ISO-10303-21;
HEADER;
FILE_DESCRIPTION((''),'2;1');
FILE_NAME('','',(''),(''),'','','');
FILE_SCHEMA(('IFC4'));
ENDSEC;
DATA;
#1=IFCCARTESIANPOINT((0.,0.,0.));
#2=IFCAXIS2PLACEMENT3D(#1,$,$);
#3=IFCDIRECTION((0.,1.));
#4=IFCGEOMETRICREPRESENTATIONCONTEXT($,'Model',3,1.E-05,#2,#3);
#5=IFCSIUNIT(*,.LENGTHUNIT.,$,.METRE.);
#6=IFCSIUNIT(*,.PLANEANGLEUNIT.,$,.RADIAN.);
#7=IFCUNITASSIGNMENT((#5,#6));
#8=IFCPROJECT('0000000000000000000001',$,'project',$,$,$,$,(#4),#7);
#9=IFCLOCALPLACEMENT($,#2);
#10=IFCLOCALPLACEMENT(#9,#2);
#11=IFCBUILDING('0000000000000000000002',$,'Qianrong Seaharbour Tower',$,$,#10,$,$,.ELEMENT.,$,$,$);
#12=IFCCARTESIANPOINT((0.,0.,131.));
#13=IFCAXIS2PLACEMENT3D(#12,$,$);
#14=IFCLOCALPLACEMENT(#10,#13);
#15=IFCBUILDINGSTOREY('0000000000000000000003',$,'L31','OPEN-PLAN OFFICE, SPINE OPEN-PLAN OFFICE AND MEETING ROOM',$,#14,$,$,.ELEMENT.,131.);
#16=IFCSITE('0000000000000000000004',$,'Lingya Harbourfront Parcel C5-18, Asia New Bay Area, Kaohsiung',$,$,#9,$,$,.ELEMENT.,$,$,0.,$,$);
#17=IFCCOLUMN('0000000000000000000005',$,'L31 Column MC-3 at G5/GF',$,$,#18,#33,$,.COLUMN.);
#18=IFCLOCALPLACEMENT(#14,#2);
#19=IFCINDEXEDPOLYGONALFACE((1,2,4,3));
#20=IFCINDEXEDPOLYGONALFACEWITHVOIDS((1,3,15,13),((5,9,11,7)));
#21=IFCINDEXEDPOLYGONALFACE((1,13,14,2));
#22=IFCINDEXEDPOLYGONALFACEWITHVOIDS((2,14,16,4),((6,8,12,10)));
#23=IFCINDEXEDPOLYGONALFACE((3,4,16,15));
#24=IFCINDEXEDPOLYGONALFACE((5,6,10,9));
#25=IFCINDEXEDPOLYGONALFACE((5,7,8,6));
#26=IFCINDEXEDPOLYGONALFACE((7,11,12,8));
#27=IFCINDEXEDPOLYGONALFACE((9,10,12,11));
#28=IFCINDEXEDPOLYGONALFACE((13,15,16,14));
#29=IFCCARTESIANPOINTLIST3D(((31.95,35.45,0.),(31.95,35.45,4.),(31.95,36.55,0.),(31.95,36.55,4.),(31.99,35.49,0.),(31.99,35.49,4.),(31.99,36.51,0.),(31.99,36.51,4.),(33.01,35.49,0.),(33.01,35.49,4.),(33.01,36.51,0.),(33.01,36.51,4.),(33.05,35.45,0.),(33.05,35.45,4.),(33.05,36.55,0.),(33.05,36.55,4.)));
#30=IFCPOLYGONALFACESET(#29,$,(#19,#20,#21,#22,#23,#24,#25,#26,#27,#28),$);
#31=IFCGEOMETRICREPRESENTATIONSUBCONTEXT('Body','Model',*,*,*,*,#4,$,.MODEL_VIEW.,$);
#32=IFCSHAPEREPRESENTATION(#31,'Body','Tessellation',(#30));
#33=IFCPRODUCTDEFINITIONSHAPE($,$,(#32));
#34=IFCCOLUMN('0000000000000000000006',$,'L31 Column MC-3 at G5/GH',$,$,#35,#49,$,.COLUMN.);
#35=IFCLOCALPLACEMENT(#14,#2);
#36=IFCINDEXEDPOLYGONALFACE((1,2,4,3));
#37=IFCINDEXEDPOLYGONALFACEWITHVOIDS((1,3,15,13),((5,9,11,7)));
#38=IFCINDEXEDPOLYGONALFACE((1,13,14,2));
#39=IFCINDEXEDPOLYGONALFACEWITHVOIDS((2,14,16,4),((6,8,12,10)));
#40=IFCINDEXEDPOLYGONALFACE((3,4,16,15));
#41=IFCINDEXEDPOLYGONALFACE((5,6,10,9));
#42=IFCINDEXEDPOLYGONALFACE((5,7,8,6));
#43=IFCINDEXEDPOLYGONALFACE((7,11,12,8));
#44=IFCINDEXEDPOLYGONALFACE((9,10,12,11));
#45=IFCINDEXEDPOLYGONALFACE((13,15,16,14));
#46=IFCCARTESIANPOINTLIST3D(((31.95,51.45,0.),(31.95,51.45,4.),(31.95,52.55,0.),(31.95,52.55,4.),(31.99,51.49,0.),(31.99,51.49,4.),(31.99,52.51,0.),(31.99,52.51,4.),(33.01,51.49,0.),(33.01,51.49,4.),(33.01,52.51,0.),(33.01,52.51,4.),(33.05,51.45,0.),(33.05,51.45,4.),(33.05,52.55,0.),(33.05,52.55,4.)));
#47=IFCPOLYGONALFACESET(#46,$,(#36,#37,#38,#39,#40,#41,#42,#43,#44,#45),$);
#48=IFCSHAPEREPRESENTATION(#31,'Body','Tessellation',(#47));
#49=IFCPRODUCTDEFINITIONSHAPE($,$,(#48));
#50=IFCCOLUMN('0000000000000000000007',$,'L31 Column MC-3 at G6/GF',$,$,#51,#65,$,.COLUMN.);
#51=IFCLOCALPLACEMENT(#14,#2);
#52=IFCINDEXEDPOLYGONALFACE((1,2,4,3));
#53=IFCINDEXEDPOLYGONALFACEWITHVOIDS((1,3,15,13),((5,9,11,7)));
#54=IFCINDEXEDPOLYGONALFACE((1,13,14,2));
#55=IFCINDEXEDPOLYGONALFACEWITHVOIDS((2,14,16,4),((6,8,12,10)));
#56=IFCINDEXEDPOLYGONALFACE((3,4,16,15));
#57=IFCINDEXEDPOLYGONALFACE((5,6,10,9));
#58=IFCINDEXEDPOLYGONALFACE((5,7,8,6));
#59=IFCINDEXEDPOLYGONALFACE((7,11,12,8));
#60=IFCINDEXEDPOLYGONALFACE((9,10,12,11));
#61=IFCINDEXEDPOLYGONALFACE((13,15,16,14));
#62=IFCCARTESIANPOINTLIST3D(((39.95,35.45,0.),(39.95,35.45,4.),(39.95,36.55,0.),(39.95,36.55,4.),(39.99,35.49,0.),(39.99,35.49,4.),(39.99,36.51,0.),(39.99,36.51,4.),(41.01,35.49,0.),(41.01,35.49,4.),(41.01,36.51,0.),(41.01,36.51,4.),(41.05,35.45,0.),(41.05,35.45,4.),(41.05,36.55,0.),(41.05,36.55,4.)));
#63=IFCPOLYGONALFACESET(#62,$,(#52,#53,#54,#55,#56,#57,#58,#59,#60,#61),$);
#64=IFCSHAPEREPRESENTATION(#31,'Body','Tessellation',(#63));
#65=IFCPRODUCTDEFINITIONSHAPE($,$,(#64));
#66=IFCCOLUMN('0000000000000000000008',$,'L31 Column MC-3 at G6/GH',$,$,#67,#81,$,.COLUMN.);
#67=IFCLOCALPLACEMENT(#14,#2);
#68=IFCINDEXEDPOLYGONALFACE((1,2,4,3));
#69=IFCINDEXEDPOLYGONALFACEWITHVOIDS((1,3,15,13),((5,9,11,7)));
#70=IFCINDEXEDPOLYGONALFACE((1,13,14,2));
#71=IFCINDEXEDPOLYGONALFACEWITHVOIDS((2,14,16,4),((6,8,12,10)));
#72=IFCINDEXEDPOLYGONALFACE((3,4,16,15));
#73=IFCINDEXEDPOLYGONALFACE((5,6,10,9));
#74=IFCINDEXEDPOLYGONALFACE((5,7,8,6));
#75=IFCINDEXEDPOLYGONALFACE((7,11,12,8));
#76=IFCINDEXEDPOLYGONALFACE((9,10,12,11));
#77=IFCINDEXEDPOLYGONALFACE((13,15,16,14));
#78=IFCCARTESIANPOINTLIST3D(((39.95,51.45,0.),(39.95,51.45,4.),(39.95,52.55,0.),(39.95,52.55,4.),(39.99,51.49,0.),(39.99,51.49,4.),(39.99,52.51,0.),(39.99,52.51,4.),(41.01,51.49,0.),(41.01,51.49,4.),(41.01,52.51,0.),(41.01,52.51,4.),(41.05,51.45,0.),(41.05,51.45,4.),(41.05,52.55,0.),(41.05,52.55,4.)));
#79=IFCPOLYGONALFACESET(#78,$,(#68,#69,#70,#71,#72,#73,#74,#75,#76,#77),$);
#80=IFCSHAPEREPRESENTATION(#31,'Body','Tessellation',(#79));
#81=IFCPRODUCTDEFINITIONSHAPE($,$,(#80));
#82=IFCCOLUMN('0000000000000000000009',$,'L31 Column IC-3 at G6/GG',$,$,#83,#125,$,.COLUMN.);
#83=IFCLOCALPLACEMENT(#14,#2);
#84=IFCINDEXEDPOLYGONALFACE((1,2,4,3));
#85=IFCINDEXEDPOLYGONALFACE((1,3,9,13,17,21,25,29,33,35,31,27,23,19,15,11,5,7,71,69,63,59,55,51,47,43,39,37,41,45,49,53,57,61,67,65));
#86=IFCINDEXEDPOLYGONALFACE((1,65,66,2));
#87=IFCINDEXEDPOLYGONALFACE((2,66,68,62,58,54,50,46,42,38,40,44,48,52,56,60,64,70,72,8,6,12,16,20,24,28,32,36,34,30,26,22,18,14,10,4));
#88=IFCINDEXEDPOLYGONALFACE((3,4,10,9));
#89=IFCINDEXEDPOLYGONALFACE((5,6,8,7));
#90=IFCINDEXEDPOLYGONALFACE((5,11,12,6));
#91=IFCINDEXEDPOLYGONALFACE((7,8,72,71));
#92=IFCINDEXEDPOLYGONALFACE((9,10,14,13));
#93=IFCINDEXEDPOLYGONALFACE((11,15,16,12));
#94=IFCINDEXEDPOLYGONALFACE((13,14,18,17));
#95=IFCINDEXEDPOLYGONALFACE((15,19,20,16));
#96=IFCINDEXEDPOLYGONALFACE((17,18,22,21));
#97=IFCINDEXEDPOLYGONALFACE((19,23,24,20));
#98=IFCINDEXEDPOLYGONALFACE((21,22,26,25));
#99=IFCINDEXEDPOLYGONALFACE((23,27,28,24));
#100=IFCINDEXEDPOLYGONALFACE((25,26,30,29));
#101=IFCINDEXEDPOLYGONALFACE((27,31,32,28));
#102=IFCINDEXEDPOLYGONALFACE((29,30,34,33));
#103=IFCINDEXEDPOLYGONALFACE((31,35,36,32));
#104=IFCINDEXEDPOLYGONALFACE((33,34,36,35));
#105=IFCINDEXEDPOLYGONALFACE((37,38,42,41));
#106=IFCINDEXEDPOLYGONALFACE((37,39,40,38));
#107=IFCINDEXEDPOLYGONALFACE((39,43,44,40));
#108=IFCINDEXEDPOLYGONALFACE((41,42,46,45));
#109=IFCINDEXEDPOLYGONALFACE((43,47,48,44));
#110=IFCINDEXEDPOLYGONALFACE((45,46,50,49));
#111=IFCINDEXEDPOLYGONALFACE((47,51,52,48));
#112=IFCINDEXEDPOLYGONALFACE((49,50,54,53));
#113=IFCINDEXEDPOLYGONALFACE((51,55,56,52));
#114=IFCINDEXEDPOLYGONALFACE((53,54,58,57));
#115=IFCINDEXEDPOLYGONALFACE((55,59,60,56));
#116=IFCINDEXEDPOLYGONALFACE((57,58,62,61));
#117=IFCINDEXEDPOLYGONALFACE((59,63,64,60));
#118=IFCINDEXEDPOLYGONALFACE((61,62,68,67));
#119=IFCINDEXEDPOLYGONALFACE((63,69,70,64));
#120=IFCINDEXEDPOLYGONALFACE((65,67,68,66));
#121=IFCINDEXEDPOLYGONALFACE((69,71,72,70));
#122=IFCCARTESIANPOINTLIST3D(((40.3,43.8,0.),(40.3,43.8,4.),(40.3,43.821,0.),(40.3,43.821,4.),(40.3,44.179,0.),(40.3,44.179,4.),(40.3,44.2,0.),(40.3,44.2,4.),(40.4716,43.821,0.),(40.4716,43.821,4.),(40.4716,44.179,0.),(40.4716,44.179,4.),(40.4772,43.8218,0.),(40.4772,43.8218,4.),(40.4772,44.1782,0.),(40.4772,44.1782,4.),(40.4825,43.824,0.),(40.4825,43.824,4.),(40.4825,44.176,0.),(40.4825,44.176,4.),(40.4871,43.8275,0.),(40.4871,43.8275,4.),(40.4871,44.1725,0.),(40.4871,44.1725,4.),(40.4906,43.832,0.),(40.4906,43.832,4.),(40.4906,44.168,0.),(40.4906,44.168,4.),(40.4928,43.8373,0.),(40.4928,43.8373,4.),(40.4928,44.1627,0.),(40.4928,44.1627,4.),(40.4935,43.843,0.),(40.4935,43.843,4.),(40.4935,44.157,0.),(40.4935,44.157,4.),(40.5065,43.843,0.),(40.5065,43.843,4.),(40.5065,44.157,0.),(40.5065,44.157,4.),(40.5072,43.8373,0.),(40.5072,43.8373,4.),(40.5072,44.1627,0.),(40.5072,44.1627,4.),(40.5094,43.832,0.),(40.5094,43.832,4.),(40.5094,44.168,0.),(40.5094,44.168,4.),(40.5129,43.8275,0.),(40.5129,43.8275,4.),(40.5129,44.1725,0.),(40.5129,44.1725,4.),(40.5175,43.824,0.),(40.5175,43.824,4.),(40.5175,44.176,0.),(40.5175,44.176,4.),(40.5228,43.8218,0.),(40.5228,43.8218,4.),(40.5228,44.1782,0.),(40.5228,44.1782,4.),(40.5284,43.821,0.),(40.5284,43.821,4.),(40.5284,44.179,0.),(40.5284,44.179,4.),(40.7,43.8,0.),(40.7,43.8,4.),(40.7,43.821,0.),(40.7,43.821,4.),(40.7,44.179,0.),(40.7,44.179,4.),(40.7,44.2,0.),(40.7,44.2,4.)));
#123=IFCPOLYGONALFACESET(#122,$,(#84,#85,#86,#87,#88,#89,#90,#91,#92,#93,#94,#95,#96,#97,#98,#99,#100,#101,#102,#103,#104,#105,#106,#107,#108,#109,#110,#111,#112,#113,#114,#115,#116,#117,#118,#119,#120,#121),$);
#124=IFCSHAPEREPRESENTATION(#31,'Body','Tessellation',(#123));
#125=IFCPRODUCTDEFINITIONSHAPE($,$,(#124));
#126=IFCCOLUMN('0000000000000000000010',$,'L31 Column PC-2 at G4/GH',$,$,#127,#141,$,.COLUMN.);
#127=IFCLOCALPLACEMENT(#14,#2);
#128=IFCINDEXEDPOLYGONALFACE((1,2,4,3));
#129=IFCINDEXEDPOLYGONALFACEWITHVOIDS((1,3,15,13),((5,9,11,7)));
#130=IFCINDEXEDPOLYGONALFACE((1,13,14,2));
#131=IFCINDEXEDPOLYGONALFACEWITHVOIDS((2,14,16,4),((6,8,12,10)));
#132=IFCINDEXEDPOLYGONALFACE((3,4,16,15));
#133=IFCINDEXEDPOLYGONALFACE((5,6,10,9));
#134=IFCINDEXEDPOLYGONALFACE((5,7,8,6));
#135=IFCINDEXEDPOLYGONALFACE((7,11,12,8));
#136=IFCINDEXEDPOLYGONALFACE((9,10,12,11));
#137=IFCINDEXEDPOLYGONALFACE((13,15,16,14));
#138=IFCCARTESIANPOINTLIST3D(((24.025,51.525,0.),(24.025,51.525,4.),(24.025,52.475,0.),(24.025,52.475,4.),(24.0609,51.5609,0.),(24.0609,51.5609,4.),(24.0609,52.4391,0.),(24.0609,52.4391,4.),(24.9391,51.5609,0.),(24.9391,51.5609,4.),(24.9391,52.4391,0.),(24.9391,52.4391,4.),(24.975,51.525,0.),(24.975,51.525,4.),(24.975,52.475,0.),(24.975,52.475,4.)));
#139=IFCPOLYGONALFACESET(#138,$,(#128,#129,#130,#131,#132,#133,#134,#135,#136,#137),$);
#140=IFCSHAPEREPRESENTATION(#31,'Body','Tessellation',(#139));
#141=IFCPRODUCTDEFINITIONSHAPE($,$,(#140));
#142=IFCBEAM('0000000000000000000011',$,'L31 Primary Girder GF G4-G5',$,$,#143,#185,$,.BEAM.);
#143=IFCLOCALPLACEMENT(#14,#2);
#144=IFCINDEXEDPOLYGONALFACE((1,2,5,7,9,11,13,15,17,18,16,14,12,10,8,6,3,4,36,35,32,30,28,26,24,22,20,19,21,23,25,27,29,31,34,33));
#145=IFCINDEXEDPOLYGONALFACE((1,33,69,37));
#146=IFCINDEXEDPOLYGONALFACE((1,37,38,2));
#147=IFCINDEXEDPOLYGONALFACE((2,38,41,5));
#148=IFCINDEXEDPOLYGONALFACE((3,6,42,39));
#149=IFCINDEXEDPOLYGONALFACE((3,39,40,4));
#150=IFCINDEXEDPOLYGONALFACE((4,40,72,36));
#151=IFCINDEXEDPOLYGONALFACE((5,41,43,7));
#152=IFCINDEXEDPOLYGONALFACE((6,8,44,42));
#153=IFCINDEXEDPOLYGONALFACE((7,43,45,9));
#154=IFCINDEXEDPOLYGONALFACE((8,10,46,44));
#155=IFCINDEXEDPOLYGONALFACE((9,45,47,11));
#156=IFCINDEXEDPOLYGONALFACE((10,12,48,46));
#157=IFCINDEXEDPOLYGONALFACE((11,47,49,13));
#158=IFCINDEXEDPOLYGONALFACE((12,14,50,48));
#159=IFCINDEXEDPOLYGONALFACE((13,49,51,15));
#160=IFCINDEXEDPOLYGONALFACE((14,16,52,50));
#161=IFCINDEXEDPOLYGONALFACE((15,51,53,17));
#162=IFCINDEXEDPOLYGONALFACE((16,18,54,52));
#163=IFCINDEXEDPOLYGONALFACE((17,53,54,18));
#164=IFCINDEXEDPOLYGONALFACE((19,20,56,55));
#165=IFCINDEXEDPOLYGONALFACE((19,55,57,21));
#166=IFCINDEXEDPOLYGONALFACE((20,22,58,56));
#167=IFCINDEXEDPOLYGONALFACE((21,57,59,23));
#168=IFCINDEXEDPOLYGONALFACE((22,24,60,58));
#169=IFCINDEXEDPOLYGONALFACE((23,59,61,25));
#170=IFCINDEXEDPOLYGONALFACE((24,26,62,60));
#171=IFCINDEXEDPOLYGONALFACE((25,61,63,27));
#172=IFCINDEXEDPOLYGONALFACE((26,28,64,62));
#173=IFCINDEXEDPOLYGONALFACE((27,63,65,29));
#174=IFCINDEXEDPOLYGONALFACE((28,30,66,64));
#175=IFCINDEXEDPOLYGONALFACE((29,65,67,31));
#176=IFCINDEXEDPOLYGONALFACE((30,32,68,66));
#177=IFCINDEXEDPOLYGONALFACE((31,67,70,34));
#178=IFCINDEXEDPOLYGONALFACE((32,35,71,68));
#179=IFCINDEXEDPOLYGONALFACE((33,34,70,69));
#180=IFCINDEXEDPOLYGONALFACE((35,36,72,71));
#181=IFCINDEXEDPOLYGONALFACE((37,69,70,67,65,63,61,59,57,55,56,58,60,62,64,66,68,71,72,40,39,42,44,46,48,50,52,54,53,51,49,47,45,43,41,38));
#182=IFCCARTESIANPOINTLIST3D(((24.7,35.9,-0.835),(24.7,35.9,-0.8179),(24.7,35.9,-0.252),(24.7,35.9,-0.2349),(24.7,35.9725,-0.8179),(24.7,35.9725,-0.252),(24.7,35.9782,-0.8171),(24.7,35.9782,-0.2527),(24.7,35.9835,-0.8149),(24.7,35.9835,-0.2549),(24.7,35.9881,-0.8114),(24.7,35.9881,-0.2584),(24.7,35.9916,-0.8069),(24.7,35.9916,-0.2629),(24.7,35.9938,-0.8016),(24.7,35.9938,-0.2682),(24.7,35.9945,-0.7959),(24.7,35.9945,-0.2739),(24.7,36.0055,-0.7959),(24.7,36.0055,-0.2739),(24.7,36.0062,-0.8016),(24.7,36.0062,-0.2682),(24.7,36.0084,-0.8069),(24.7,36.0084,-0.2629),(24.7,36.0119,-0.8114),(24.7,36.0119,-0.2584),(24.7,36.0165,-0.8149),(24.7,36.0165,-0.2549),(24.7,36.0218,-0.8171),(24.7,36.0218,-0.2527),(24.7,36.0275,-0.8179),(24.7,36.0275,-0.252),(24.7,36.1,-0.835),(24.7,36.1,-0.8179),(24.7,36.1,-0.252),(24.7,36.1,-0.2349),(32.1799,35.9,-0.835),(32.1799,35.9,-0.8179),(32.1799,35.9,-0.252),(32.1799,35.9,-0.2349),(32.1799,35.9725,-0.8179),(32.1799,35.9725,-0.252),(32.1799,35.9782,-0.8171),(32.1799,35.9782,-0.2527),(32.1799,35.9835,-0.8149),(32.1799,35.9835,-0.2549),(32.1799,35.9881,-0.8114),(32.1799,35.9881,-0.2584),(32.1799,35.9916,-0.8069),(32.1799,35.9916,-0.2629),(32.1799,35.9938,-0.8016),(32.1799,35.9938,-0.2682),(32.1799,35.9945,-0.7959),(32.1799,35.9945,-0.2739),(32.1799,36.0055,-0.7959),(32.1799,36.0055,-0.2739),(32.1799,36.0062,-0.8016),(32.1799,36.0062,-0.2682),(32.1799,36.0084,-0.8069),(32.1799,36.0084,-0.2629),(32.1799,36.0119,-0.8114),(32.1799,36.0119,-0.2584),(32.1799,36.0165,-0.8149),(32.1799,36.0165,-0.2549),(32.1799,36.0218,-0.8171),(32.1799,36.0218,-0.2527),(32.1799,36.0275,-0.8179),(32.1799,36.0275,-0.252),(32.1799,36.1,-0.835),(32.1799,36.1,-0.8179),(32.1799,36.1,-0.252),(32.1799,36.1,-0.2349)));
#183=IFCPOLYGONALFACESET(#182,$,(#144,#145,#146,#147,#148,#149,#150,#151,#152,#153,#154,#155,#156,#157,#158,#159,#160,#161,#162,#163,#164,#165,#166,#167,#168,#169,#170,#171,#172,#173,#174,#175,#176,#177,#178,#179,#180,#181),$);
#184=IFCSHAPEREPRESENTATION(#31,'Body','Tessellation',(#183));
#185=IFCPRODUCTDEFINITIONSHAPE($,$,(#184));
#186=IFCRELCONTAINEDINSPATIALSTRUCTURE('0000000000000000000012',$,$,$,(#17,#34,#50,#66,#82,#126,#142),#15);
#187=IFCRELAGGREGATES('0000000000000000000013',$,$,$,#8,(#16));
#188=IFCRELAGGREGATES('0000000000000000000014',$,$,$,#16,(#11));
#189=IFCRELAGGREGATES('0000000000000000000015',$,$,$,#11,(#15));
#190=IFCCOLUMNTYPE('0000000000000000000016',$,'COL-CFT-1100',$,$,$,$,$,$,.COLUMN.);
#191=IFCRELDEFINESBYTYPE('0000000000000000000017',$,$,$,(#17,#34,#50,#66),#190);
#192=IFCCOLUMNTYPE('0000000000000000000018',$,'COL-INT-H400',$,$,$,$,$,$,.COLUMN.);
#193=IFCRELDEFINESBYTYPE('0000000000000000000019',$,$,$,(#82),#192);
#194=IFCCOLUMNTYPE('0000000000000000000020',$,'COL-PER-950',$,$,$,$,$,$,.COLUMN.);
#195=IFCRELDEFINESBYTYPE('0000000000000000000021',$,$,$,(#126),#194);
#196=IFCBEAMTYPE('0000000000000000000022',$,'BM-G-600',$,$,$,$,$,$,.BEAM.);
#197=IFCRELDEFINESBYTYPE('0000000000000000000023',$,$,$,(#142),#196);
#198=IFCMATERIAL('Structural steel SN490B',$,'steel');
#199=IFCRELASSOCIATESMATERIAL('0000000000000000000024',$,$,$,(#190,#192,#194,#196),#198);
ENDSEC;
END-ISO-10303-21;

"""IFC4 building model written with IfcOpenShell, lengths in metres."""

from ifc_helpers import new_model, si_unit, direction, frame, origin, origin_2d, place, context, subcontext, project, spatial, hollow_rectangle, i_section, extrude, material, material_profile, profile_set, type_object, element, save


model = new_model("IFC4")

# Units and contexts
model_context = context("Model", 3, precision=1e-05, world=origin(), true_north=direction((0.0, 1.0)))
body_context = subcontext(model_context, "Body", "Model", "MODEL_VIEW")
ifc_project = project(units=[si_unit("LENGTHUNIT", "METRE"), si_unit("PLANEANGLEUNIT", "RADIAN")], contexts=[model_context])

# Site, building, storey
site_placement = place(None, origin())
site = spatial("IfcSite", under=ifc_project, at=site_placement, Name="Lingya Harbourfront Parcel C5-18, Asia New Bay Area, Kaohsiung", CompositionType="ELEMENT", RefElevation=0.0)
building_placement = place(site_placement, origin())
building = spatial("IfcBuilding", under=site, at=building_placement, Name="Qianrong Seaharbour Tower", CompositionType="ELEMENT")
storey_placement = place(building_placement, frame((0.0, 0.0, 131.0)))
storey = spatial("IfcBuildingStorey", under=building, at=storey_placement, Name="L31", Description="OPEN-PLAN OFFICE, SPINE OPEN-PLAN OFFICE AND MEETING ROOM", CompositionType="ELEMENT", Elevation=131.0)

# Columns
ifc_material_1 = material(Name="Structural steel SN490B", Category="steel")
ifc_material_profile_1 = material_profile(ifc_material_1, hollow_rectangle(XDim=1.1001, YDim=1.1001, WallThickness=0.04, at=origin_2d()), Name="BOX1100x1100x40")
ifc_profile_set_1 = profile_set([ifc_material_profile_1], Name="Structural steel SN490B")
column_type_1 = type_object("IfcColumnType", Name="COL-CFT-1100", PredefinedType="COLUMN", material=ifc_profile_set_1)
for number, where, z_axis, x_axis, name in (
    (1, (32.5, 36.0, 0.0), (0.0, 0.0, 1.0), (1.0, 0.0, 0.0), "L31 Column MC-3 at G5/GF"),
    (2, (32.5, 52.0, 0.0), (0.0, 0.0, 1.0), (1.0, 0.0, 0.0), "L31 Column MC-3 at G5/GH"),
    (3, (40.5, 36.0, 0.0), (0.0, 0.0, 1.0), (1.0, 0.0, 0.0), "L31 Column MC-3 at G6/GF"),
    (4, (40.5, 52.0, 0.0), (0.0, 0.0, 1.0), (1.0, 0.0, 0.0), "L31 Column MC-3 at G6/GH"),
):
    element("IfcColumn", number, at=place(storey_placement, frame(where, z_axis=z_axis, x_axis=x_axis)), inside=storey, type_object=column_type_1, Name=name, PredefinedType="COLUMN", context=body_context, shape_type="SweptSolid", body=[
        extrude(hollow_rectangle(XDim=1.1001, YDim=1.1001, WallThickness=0.04, at=origin_2d()), origin(), (0.0, 0.0, 1.0), 4.0),
    ])
ifc_material_profile_2 = material_profile(ifc_material_1, i_section(OverallWidth=0.3999, OverallDepth=0.3999, WebThickness=0.0129, FlangeThickness=0.021, FilletRadius=0.022, at=origin_2d()), Name="H400x400x13x21")
ifc_profile_set_2 = profile_set([ifc_material_profile_2], Name="Structural steel SN490B")
column_type_2 = type_object("IfcColumnType", Name="COL-INT-H400", PredefinedType="COLUMN", material=ifc_profile_set_2)
column_1_placement = place(storey_placement, frame((40.5, 44.0, 0.0), z_axis=(0.0, 0.0, 1.0), x_axis=(1.0, 0.0, 0.0)))
element("IfcColumn", 5, at=column_1_placement, inside=storey, type_object=column_type_2, Name="L31 Column IC-3 at G6/GG", PredefinedType="COLUMN", context=body_context, shape_type="SweptSolid", body=[
    extrude(i_section(OverallWidth=0.3999, OverallDepth=0.3999, WebThickness=0.0129, FlangeThickness=0.021, FilletRadius=0.022, at=origin_2d()), origin(), (0.0, 0.0, 1.0), 4.0),
])
ifc_material_profile_3 = material_profile(ifc_material_1, hollow_rectangle(XDim=0.95, YDim=0.95, WallThickness=0.0359, at=origin_2d()), Name="BOX950x950x36")
ifc_profile_set_3 = profile_set([ifc_material_profile_3], Name="Structural steel SN490B")
column_type_3 = type_object("IfcColumnType", Name="COL-PER-950", PredefinedType="COLUMN", material=ifc_profile_set_3)
column_2_placement = place(storey_placement, frame((24.5, 52.0, 0.0), z_axis=(0.0, 0.0, 1.0), x_axis=(1.0, 0.0, 0.0)))
element("IfcColumn", 6, at=column_2_placement, inside=storey, type_object=column_type_3, Name="L31 Column PC-2 at G4/GH", PredefinedType="COLUMN", context=body_context, shape_type="SweptSolid", body=[
    extrude(hollow_rectangle(XDim=0.95, YDim=0.95, WallThickness=0.0359, at=origin_2d()), origin(), (0.0, 0.0, 1.0), 4.0),
])

# Beam
ifc_material_profile_4 = material_profile(ifc_material_1, i_section(OverallWidth=0.2, OverallDepth=0.6001, WebThickness=0.011, FlangeThickness=0.0171, FilletRadius=0.022, at=origin_2d()), Name="H600x200x11x17")
ifc_profile_set_4 = profile_set([ifc_material_profile_4], Name="Structural steel SN490B")
beam_type_1 = type_object("IfcBeamType", Name="BM-G-600", PredefinedType="BEAM", material=ifc_profile_set_4)
beam_1_placement = place(storey_placement, frame((24.7, 36.0, -0.5349), z_axis=(1.0, 0.0, 0.0), x_axis=(0.0, 1.0, 0.0)))
element("IfcBeam", 7, at=beam_1_placement, inside=storey, type_object=beam_type_1, Name="L31 Primary Girder GF G4-G5", PredefinedType="BEAM", context=body_context, shape_type="SweptSolid", body=[
    extrude(i_section(OverallWidth=0.2, OverallDepth=0.6001, WebThickness=0.011, FlangeThickness=0.0171, FilletRadius=0.022, at=origin_2d()), origin(), (0.0, 0.0, 1.0), 7.48),
])

save(model, "model.ifc")
